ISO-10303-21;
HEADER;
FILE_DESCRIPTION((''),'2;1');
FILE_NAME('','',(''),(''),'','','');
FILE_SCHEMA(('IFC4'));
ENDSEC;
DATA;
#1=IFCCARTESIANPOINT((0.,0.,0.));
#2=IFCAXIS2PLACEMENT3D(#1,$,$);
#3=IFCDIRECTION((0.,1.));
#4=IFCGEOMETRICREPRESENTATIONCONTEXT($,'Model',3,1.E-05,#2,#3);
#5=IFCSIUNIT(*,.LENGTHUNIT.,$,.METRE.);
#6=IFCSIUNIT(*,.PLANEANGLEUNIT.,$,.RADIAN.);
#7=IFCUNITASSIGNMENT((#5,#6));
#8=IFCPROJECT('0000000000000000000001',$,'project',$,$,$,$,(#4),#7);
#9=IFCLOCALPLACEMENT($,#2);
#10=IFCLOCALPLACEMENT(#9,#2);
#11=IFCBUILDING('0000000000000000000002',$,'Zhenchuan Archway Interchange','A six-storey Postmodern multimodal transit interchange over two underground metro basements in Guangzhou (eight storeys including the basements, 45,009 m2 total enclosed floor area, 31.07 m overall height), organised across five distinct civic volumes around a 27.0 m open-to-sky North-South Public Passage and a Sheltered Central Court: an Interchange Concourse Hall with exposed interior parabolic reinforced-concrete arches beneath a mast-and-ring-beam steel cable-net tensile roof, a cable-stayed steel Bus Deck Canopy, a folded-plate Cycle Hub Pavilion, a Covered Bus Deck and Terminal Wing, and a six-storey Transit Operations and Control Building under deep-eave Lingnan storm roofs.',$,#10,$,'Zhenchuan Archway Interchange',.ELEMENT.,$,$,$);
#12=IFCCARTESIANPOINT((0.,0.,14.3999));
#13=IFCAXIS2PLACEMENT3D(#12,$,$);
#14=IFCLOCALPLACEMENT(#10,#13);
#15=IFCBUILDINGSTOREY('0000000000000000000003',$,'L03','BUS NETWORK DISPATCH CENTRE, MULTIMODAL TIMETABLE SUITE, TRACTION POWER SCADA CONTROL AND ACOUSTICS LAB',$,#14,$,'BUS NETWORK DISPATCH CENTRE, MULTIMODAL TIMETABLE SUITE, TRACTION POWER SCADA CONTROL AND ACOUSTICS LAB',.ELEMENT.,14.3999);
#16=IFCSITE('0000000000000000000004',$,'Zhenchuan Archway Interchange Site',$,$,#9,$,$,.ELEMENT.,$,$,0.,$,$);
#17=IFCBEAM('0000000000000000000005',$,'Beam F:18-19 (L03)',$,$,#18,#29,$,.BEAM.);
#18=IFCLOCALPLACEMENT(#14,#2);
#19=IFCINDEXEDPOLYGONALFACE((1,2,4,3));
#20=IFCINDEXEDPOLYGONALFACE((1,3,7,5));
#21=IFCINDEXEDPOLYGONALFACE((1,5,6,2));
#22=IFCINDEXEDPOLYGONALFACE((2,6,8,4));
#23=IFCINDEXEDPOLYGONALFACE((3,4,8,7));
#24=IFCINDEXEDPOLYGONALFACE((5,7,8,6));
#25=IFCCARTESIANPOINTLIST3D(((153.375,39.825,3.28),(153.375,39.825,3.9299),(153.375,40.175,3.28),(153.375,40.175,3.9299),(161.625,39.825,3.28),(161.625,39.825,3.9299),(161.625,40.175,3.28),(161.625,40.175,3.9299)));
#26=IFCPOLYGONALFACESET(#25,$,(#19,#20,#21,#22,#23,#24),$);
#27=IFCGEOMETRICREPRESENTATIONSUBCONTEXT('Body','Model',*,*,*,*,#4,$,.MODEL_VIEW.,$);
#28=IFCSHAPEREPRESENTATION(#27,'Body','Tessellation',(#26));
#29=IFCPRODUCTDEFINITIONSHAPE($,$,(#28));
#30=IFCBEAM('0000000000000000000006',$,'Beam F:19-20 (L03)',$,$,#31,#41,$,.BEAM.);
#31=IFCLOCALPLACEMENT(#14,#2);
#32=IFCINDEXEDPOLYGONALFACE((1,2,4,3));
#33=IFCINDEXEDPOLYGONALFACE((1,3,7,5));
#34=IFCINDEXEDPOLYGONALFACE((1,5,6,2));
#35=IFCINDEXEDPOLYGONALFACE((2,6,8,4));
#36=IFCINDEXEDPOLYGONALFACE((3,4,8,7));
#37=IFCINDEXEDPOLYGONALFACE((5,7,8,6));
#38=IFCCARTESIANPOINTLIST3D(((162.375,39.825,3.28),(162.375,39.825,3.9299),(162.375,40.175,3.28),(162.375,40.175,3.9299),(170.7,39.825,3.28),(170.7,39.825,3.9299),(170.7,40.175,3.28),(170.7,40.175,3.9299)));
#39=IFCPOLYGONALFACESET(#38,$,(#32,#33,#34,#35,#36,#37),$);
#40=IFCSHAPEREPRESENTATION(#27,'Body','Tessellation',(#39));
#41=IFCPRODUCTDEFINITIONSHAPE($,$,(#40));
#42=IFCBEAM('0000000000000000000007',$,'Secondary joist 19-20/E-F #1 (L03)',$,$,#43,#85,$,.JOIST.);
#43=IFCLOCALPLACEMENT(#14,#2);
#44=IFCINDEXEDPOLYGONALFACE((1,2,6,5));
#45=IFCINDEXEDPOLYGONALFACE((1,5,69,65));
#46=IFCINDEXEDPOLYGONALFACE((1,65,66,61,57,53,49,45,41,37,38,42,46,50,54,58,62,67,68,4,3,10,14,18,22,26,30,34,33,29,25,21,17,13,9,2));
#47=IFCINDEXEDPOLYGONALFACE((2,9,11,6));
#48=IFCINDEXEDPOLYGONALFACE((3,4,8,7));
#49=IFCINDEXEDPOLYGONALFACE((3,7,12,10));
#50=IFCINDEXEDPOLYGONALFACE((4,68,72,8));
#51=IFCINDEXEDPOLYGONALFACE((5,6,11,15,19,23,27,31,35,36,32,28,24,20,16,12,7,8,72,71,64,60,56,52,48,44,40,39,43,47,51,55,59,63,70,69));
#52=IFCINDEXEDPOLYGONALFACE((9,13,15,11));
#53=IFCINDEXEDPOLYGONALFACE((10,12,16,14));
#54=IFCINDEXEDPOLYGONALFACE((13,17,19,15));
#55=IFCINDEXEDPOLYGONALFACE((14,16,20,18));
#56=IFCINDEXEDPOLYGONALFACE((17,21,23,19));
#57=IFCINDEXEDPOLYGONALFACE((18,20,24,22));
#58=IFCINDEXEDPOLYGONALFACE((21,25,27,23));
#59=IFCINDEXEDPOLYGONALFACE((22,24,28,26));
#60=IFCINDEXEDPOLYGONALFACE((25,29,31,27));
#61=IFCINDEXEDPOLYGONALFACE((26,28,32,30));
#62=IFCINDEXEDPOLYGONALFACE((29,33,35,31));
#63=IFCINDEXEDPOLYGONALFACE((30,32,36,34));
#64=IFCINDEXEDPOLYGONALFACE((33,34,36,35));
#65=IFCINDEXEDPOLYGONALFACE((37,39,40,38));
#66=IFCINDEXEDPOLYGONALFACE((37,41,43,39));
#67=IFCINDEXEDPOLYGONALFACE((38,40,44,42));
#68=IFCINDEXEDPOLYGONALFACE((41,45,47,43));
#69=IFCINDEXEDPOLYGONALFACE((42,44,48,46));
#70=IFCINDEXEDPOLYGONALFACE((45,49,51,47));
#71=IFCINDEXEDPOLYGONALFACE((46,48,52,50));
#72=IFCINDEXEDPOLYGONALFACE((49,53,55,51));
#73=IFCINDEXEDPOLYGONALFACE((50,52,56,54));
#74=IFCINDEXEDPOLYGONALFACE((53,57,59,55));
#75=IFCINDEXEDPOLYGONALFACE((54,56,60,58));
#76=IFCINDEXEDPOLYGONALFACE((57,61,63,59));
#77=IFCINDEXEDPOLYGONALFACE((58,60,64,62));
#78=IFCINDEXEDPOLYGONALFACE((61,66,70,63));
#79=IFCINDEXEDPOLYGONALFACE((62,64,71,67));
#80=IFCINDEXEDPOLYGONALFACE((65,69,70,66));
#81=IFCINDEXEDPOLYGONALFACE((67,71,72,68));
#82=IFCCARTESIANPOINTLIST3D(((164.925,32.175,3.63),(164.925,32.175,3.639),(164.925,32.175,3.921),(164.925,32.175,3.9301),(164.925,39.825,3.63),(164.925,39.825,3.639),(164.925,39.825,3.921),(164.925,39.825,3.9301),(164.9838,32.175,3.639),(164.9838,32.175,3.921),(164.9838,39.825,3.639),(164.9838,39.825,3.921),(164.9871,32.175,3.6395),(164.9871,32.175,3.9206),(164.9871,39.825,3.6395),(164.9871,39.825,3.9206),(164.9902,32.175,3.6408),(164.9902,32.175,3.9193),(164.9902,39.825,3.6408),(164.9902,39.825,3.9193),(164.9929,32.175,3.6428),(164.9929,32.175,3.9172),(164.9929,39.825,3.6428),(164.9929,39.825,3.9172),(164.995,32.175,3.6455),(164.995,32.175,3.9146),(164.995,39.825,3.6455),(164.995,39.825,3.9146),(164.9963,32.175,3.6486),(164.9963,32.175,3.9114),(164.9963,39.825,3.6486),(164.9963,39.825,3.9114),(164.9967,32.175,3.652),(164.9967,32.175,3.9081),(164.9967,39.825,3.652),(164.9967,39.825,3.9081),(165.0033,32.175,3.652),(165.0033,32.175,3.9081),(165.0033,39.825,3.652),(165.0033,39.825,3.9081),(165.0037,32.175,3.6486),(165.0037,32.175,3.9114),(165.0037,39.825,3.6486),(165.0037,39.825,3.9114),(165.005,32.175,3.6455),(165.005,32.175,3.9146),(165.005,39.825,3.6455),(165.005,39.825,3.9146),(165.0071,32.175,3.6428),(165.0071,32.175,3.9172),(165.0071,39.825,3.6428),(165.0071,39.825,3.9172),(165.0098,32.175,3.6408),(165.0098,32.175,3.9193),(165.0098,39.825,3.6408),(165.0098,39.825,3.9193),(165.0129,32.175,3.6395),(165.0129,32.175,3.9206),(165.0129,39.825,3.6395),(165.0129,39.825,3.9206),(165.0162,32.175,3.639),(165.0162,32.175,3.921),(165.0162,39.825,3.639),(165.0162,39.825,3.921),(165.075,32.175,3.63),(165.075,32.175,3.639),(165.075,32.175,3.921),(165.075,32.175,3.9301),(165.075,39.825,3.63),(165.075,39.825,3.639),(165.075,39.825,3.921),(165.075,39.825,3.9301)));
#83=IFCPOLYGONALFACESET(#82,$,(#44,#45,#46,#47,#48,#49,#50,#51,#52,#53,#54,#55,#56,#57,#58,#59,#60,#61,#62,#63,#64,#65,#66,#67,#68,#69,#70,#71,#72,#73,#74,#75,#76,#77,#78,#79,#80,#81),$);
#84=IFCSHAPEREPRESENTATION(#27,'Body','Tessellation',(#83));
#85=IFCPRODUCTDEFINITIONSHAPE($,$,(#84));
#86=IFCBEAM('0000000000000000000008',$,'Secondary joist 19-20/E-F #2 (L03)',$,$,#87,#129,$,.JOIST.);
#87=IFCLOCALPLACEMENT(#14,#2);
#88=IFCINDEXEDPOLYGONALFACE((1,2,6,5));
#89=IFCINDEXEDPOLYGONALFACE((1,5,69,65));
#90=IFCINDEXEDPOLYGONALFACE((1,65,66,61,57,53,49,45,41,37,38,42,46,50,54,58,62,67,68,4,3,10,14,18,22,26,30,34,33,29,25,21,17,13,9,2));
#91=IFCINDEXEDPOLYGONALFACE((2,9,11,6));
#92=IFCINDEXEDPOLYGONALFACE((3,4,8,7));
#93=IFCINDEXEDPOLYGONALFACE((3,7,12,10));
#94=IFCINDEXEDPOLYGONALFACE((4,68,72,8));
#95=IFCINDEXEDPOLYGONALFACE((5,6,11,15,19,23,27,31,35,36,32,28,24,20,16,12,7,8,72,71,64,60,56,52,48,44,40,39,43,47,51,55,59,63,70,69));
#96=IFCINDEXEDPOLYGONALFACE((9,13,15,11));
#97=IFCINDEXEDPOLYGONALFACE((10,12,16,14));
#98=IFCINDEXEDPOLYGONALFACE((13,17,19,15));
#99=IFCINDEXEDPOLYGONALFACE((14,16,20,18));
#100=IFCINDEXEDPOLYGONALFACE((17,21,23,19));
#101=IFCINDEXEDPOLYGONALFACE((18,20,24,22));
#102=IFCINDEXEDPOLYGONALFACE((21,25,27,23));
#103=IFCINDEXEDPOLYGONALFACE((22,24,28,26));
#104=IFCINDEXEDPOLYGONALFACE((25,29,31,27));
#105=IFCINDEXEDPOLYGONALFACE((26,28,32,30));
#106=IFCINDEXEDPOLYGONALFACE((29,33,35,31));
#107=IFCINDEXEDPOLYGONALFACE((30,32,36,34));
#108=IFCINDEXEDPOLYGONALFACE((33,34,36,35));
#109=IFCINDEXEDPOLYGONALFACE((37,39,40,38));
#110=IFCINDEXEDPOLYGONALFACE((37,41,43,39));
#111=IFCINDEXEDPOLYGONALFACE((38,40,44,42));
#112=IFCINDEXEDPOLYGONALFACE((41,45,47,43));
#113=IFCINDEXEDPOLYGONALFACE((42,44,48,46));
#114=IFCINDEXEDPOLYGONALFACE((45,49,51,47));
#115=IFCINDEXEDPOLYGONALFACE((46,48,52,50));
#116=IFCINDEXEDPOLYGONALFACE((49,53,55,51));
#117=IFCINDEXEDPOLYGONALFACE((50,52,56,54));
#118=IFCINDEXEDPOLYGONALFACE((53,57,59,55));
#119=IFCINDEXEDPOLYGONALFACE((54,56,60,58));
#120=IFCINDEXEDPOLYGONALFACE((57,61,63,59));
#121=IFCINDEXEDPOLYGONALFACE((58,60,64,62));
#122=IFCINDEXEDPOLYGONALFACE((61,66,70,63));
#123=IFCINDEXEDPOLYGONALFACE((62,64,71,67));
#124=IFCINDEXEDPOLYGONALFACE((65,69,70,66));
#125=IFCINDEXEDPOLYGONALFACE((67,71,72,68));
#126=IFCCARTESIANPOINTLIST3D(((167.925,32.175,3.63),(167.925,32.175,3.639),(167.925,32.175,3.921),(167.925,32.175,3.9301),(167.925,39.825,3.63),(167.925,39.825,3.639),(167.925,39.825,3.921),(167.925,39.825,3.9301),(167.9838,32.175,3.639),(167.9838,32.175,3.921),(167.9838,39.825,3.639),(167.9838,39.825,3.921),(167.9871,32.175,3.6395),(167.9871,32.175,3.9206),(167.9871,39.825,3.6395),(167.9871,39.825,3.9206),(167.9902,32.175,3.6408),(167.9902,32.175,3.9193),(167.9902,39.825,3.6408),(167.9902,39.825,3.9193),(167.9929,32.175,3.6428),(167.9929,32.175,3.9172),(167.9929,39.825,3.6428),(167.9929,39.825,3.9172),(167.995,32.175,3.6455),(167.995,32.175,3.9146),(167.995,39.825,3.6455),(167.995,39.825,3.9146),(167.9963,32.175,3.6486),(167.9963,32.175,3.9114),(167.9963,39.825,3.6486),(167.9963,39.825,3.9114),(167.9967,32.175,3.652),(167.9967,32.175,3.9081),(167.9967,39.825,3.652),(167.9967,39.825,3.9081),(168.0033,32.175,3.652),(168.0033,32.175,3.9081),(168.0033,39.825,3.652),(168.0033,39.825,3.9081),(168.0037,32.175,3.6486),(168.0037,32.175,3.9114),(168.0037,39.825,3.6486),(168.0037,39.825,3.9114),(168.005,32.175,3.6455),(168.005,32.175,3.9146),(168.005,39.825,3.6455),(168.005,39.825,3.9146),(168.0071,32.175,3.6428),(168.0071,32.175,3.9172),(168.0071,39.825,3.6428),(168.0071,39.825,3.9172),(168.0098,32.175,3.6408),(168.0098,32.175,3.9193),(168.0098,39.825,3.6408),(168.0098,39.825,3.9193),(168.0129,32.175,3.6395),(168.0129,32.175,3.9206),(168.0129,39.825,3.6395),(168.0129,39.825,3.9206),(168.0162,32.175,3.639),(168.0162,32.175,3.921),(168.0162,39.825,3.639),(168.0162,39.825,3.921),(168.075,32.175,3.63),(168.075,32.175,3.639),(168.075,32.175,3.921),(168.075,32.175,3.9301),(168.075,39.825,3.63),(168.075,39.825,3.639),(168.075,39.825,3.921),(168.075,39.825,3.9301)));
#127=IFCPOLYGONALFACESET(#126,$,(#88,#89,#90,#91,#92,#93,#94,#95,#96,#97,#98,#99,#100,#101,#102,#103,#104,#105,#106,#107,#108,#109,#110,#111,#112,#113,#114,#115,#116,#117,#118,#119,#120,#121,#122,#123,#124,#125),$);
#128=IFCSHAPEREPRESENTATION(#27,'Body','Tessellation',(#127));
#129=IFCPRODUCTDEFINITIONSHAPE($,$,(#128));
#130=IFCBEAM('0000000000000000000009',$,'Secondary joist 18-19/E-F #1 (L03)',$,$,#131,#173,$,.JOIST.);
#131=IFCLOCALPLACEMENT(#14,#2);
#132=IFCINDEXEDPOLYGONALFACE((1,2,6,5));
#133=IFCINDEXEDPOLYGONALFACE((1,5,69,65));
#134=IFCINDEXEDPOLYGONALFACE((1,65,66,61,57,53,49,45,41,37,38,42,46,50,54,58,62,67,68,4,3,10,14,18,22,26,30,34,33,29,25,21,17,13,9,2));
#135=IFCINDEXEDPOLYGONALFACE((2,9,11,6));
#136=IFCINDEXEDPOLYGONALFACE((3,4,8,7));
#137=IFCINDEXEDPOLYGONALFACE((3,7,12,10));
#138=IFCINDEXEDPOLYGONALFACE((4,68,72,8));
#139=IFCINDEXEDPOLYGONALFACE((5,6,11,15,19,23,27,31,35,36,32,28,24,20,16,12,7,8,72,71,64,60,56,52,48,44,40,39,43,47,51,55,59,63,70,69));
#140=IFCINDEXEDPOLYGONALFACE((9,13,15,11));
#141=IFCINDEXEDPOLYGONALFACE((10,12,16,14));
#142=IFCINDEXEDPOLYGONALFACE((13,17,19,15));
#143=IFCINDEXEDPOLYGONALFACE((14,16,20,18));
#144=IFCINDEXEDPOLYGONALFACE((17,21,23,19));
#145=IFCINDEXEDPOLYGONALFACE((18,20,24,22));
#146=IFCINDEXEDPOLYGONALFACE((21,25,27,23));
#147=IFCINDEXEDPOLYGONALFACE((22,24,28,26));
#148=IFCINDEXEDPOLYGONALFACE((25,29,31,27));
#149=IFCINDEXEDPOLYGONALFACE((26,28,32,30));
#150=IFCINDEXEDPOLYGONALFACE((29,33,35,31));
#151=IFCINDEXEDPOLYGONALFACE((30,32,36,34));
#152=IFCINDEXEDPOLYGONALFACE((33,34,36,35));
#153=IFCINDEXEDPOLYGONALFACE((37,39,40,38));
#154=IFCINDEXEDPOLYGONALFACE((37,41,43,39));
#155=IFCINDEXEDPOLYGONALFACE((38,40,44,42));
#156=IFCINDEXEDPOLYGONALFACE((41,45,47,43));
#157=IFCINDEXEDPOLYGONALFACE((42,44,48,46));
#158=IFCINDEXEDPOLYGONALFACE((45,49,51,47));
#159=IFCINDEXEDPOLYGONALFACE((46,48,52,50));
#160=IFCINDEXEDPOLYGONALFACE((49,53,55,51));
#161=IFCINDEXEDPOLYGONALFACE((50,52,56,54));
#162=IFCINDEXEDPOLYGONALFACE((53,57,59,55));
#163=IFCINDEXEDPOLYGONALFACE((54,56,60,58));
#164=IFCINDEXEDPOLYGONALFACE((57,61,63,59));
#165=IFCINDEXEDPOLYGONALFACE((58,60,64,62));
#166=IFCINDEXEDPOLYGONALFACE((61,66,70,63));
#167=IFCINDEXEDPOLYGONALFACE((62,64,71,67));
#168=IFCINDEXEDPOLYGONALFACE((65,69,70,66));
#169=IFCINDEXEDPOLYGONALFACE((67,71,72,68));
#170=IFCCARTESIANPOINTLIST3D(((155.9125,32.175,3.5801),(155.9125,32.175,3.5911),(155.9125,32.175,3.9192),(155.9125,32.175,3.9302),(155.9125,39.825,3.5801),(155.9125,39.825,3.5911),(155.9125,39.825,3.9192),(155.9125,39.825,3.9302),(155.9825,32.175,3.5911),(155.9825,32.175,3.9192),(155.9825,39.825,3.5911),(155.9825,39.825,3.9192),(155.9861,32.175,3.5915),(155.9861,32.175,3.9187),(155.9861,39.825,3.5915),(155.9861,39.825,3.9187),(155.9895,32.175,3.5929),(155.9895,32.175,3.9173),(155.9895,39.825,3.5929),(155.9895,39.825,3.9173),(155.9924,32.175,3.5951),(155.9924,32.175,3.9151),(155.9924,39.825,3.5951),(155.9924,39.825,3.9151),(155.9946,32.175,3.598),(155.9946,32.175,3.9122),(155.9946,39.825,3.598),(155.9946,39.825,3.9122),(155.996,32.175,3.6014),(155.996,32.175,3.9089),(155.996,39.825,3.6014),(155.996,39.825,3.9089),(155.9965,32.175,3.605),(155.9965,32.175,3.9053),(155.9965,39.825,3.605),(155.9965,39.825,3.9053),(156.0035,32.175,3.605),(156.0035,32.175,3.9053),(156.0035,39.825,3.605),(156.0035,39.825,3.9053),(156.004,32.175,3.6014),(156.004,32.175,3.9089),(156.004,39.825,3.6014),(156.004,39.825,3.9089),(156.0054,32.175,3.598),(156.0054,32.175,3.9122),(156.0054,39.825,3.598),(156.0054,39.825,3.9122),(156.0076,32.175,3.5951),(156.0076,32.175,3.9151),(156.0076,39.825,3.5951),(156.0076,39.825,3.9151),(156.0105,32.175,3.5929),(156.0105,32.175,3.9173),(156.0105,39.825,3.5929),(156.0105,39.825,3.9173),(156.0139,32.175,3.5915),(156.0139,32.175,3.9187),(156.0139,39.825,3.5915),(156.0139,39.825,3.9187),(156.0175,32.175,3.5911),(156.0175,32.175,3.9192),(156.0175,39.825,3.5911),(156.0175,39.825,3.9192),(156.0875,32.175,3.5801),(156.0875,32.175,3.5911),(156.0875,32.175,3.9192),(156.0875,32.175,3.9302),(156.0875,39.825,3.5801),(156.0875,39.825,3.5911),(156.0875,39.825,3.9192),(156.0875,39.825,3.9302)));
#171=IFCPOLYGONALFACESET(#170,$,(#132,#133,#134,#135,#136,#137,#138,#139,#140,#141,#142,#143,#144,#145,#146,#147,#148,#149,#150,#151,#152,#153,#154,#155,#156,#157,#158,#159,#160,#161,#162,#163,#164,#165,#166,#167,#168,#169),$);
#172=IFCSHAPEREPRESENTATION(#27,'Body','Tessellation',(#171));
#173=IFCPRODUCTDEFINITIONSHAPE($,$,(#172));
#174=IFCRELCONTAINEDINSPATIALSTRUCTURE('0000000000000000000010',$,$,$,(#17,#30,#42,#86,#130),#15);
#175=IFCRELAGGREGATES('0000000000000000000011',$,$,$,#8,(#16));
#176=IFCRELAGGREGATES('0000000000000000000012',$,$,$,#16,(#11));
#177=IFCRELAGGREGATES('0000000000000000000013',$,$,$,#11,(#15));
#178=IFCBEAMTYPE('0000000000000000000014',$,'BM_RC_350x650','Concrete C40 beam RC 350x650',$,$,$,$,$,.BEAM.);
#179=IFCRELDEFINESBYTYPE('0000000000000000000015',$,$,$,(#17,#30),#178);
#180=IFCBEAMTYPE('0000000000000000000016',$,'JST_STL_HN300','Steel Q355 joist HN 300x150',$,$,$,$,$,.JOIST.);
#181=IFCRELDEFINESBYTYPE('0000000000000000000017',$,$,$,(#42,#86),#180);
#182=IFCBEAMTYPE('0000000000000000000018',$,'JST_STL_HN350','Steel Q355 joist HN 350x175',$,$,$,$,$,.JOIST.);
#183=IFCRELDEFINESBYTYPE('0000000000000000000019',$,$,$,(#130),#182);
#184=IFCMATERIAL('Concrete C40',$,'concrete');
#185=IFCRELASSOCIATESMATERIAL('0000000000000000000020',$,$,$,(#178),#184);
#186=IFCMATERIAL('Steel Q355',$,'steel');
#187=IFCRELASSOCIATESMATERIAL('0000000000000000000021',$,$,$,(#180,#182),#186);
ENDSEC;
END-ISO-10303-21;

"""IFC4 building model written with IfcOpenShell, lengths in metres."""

from ifc_helpers import new_model, si_unit, direction, frame, origin, origin_2d, place, context, subcontext, project, spatial, rectangle, i_section, extrude, material, material_profile, profile_set, type_object, element, save


model = new_model("IFC4")

# Units and contexts
model_context = context("Model", 3, precision=1e-05, world=origin(), true_north=direction((0.0, 1.0)))
body_context = subcontext(model_context, "Body", "Model", "MODEL_VIEW")
ifc_project = project(units=[si_unit("LENGTHUNIT", "METRE"), si_unit("PLANEANGLEUNIT", "RADIAN")], contexts=[model_context])

# Site, building, storey
site_placement = place(None, origin())
site = spatial("IfcSite", under=ifc_project, at=site_placement, Name="Zhenchuan Archway Interchange Site", CompositionType="ELEMENT", RefElevation=0.0)
building_placement = place(site_placement, origin())
building = spatial("IfcBuilding", under=site, at=building_placement, Name="Zhenchuan Archway Interchange", Description="A six-storey Postmodern multimodal transit interchange over two underground metro basements in Guangzhou (eight storeys including the basements, 45,009 m2 total enclosed floor area, 31.07 m overall height), organised across five distinct civic volumes around a 27.0 m open-to-sky North-South Public Passage and a Sheltered Central Court: an Interchange Concourse Hall with exposed interior parabolic reinforced-concrete arches beneath a mast-and-ring-beam steel cable-net tensile roof, a cable-stayed steel Bus Deck Canopy, a folded-plate Cycle Hub Pavilion, a Covered Bus Deck and Terminal Wing, and a six-storey Transit Operations and Control Building under deep-eave Lingnan storm roofs.", LongName="Zhenchuan Archway Interchange", CompositionType="ELEMENT")
storey_placement = place(building_placement, frame((0.0, 0.0, 14.3999)))
storey = spatial("IfcBuildingStorey", under=building, at=storey_placement, Name="L03", Description="BUS NETWORK DISPATCH CENTRE, MULTIMODAL TIMETABLE SUITE, TRACTION POWER SCADA CONTROL AND ACOUSTICS LAB", LongName="BUS NETWORK DISPATCH CENTRE, MULTIMODAL TIMETABLE SUITE, TRACTION POWER SCADA CONTROL AND ACOUSTICS LAB", CompositionType="ELEMENT", Elevation=14.3999)

# Shared definitions
ifc_material_1 = material(Name="Concrete C40", Category="concrete")

# Beams
ifc_material_profile_1 = material_profile(ifc_material_1, rectangle(XDim=0.3501, YDim=0.6499, at=origin_2d()), Name="RC 350x650")
ifc_profile_set_1 = profile_set([ifc_material_profile_1], Name="Concrete C40")
beam_type_1 = type_object("IfcBeamType", Name="BM_RC_350x650", Description="Concrete C40 beam RC 350x650", PredefinedType="BEAM", material=ifc_profile_set_1)
beam_1_placement = place(storey_placement, frame((153.375, 40.0, 3.605), z_axis=(1.0, 0.0, 0.0), x_axis=(0.0, 1.0, 0.0)))
element("IfcBeam", 1, at=beam_1_placement, inside=storey, type_object=beam_type_1, Name="Beam F:18-19 (L03)", PredefinedType="BEAM", context=body_context, shape_type="SweptSolid", body=[
    extrude(rectangle(XDim=0.3501, YDim=0.6499, at=origin_2d()), origin(), (0.0, 0.0, 1.0), 8.25),
])
beam_2_placement = place(storey_placement, frame((162.375, 40.0, 3.605), z_axis=(1.0, 0.0, 0.0), x_axis=(0.0, 1.0, 0.0)))
element("IfcBeam", 2, at=beam_2_placement, inside=storey, type_object=beam_type_1, Name="Beam F:19-20 (L03)", PredefinedType="BEAM", context=body_context, shape_type="SweptSolid", body=[
    extrude(rectangle(XDim=0.3501, YDim=0.6499, at=origin_2d()), origin(), (0.0, 0.0, 1.0), 8.325),
])
ifc_material_2 = material(Name="Steel Q355", Category="steel")
ifc_material_profile_2 = material_profile(ifc_material_2, i_section(OverallWidth=0.1499, OverallDepth=0.3, WebThickness=0.0066, FlangeThickness=0.009, FilletRadius=0.0129, at=origin_2d()), Name="HN 300x150")
ifc_profile_set_2 = profile_set([ifc_material_profile_2], Name="Steel Q355")
beam_type_2 = type_object("IfcBeamType", Name="JST_STL_HN300", Description="Steel Q355 joist HN 300x150", PredefinedType="JOIST", material=ifc_profile_set_2)
for number, where, z_axis, x_axis, name in (
    (3, (165.0, 32.175, 3.78), (0.0, 1.0, 0.0), (-1.0, 0.0, 0.0), "Secondary joist 19-20/E-F #1 (L03)"),
    (4, (168.0, 32.175, 3.78), (0.0, 1.0, 0.0), (-1.0, 0.0, 0.0), "Secondary joist 19-20/E-F #2 (L03)"),
):
    element("IfcBeam", number, at=place(storey_placement, frame(where, z_axis=z_axis, x_axis=x_axis)), inside=storey, type_object=beam_type_2, Name=name, PredefinedType="JOIST", context=body_context, shape_type="SweptSolid", body=[
        extrude(i_section(OverallWidth=0.1499, OverallDepth=0.3, WebThickness=0.0066, FlangeThickness=0.009, FilletRadius=0.0129, at=origin_2d()), origin(), (0.0, 0.0, 1.0), 7.6499),
    ])
ifc_material_profile_3 = material_profile(ifc_material_2, i_section(OverallWidth=0.175, OverallDepth=0.3501, WebThickness=0.0071, FlangeThickness=0.011, FilletRadius=0.0139, at=origin_2d()), Name="HN 350x175")
ifc_profile_set_3 = profile_set([ifc_material_profile_3], Name="Steel Q355")
beam_type_3 = type_object("IfcBeamType", Name="JST_STL_HN350", Description="Steel Q355 joist HN 350x175", PredefinedType="JOIST", material=ifc_profile_set_3)
for number, where, z_axis, x_axis, name in (
    (5, (156.0, 32.175, 3.7551), (0.0, 1.0, 0.0), (-1.0, 0.0, 0.0), "Secondary joist 18-19/E-F #1 (L03)"),
):
    element("IfcBeam", number, at=place(storey_placement, frame(where, z_axis=z_axis, x_axis=x_axis)), inside=storey, type_object=beam_type_3, Name=name, PredefinedType="JOIST", context=body_context, shape_type="SweptSolid", body=[
        extrude(i_section(OverallWidth=0.175, OverallDepth=0.3501, WebThickness=0.0071, FlangeThickness=0.011, FilletRadius=0.0139, at=origin_2d()), origin(), (0.0, 0.0, 1.0), 7.6499),
    ])

save(model, "model.ifc")
